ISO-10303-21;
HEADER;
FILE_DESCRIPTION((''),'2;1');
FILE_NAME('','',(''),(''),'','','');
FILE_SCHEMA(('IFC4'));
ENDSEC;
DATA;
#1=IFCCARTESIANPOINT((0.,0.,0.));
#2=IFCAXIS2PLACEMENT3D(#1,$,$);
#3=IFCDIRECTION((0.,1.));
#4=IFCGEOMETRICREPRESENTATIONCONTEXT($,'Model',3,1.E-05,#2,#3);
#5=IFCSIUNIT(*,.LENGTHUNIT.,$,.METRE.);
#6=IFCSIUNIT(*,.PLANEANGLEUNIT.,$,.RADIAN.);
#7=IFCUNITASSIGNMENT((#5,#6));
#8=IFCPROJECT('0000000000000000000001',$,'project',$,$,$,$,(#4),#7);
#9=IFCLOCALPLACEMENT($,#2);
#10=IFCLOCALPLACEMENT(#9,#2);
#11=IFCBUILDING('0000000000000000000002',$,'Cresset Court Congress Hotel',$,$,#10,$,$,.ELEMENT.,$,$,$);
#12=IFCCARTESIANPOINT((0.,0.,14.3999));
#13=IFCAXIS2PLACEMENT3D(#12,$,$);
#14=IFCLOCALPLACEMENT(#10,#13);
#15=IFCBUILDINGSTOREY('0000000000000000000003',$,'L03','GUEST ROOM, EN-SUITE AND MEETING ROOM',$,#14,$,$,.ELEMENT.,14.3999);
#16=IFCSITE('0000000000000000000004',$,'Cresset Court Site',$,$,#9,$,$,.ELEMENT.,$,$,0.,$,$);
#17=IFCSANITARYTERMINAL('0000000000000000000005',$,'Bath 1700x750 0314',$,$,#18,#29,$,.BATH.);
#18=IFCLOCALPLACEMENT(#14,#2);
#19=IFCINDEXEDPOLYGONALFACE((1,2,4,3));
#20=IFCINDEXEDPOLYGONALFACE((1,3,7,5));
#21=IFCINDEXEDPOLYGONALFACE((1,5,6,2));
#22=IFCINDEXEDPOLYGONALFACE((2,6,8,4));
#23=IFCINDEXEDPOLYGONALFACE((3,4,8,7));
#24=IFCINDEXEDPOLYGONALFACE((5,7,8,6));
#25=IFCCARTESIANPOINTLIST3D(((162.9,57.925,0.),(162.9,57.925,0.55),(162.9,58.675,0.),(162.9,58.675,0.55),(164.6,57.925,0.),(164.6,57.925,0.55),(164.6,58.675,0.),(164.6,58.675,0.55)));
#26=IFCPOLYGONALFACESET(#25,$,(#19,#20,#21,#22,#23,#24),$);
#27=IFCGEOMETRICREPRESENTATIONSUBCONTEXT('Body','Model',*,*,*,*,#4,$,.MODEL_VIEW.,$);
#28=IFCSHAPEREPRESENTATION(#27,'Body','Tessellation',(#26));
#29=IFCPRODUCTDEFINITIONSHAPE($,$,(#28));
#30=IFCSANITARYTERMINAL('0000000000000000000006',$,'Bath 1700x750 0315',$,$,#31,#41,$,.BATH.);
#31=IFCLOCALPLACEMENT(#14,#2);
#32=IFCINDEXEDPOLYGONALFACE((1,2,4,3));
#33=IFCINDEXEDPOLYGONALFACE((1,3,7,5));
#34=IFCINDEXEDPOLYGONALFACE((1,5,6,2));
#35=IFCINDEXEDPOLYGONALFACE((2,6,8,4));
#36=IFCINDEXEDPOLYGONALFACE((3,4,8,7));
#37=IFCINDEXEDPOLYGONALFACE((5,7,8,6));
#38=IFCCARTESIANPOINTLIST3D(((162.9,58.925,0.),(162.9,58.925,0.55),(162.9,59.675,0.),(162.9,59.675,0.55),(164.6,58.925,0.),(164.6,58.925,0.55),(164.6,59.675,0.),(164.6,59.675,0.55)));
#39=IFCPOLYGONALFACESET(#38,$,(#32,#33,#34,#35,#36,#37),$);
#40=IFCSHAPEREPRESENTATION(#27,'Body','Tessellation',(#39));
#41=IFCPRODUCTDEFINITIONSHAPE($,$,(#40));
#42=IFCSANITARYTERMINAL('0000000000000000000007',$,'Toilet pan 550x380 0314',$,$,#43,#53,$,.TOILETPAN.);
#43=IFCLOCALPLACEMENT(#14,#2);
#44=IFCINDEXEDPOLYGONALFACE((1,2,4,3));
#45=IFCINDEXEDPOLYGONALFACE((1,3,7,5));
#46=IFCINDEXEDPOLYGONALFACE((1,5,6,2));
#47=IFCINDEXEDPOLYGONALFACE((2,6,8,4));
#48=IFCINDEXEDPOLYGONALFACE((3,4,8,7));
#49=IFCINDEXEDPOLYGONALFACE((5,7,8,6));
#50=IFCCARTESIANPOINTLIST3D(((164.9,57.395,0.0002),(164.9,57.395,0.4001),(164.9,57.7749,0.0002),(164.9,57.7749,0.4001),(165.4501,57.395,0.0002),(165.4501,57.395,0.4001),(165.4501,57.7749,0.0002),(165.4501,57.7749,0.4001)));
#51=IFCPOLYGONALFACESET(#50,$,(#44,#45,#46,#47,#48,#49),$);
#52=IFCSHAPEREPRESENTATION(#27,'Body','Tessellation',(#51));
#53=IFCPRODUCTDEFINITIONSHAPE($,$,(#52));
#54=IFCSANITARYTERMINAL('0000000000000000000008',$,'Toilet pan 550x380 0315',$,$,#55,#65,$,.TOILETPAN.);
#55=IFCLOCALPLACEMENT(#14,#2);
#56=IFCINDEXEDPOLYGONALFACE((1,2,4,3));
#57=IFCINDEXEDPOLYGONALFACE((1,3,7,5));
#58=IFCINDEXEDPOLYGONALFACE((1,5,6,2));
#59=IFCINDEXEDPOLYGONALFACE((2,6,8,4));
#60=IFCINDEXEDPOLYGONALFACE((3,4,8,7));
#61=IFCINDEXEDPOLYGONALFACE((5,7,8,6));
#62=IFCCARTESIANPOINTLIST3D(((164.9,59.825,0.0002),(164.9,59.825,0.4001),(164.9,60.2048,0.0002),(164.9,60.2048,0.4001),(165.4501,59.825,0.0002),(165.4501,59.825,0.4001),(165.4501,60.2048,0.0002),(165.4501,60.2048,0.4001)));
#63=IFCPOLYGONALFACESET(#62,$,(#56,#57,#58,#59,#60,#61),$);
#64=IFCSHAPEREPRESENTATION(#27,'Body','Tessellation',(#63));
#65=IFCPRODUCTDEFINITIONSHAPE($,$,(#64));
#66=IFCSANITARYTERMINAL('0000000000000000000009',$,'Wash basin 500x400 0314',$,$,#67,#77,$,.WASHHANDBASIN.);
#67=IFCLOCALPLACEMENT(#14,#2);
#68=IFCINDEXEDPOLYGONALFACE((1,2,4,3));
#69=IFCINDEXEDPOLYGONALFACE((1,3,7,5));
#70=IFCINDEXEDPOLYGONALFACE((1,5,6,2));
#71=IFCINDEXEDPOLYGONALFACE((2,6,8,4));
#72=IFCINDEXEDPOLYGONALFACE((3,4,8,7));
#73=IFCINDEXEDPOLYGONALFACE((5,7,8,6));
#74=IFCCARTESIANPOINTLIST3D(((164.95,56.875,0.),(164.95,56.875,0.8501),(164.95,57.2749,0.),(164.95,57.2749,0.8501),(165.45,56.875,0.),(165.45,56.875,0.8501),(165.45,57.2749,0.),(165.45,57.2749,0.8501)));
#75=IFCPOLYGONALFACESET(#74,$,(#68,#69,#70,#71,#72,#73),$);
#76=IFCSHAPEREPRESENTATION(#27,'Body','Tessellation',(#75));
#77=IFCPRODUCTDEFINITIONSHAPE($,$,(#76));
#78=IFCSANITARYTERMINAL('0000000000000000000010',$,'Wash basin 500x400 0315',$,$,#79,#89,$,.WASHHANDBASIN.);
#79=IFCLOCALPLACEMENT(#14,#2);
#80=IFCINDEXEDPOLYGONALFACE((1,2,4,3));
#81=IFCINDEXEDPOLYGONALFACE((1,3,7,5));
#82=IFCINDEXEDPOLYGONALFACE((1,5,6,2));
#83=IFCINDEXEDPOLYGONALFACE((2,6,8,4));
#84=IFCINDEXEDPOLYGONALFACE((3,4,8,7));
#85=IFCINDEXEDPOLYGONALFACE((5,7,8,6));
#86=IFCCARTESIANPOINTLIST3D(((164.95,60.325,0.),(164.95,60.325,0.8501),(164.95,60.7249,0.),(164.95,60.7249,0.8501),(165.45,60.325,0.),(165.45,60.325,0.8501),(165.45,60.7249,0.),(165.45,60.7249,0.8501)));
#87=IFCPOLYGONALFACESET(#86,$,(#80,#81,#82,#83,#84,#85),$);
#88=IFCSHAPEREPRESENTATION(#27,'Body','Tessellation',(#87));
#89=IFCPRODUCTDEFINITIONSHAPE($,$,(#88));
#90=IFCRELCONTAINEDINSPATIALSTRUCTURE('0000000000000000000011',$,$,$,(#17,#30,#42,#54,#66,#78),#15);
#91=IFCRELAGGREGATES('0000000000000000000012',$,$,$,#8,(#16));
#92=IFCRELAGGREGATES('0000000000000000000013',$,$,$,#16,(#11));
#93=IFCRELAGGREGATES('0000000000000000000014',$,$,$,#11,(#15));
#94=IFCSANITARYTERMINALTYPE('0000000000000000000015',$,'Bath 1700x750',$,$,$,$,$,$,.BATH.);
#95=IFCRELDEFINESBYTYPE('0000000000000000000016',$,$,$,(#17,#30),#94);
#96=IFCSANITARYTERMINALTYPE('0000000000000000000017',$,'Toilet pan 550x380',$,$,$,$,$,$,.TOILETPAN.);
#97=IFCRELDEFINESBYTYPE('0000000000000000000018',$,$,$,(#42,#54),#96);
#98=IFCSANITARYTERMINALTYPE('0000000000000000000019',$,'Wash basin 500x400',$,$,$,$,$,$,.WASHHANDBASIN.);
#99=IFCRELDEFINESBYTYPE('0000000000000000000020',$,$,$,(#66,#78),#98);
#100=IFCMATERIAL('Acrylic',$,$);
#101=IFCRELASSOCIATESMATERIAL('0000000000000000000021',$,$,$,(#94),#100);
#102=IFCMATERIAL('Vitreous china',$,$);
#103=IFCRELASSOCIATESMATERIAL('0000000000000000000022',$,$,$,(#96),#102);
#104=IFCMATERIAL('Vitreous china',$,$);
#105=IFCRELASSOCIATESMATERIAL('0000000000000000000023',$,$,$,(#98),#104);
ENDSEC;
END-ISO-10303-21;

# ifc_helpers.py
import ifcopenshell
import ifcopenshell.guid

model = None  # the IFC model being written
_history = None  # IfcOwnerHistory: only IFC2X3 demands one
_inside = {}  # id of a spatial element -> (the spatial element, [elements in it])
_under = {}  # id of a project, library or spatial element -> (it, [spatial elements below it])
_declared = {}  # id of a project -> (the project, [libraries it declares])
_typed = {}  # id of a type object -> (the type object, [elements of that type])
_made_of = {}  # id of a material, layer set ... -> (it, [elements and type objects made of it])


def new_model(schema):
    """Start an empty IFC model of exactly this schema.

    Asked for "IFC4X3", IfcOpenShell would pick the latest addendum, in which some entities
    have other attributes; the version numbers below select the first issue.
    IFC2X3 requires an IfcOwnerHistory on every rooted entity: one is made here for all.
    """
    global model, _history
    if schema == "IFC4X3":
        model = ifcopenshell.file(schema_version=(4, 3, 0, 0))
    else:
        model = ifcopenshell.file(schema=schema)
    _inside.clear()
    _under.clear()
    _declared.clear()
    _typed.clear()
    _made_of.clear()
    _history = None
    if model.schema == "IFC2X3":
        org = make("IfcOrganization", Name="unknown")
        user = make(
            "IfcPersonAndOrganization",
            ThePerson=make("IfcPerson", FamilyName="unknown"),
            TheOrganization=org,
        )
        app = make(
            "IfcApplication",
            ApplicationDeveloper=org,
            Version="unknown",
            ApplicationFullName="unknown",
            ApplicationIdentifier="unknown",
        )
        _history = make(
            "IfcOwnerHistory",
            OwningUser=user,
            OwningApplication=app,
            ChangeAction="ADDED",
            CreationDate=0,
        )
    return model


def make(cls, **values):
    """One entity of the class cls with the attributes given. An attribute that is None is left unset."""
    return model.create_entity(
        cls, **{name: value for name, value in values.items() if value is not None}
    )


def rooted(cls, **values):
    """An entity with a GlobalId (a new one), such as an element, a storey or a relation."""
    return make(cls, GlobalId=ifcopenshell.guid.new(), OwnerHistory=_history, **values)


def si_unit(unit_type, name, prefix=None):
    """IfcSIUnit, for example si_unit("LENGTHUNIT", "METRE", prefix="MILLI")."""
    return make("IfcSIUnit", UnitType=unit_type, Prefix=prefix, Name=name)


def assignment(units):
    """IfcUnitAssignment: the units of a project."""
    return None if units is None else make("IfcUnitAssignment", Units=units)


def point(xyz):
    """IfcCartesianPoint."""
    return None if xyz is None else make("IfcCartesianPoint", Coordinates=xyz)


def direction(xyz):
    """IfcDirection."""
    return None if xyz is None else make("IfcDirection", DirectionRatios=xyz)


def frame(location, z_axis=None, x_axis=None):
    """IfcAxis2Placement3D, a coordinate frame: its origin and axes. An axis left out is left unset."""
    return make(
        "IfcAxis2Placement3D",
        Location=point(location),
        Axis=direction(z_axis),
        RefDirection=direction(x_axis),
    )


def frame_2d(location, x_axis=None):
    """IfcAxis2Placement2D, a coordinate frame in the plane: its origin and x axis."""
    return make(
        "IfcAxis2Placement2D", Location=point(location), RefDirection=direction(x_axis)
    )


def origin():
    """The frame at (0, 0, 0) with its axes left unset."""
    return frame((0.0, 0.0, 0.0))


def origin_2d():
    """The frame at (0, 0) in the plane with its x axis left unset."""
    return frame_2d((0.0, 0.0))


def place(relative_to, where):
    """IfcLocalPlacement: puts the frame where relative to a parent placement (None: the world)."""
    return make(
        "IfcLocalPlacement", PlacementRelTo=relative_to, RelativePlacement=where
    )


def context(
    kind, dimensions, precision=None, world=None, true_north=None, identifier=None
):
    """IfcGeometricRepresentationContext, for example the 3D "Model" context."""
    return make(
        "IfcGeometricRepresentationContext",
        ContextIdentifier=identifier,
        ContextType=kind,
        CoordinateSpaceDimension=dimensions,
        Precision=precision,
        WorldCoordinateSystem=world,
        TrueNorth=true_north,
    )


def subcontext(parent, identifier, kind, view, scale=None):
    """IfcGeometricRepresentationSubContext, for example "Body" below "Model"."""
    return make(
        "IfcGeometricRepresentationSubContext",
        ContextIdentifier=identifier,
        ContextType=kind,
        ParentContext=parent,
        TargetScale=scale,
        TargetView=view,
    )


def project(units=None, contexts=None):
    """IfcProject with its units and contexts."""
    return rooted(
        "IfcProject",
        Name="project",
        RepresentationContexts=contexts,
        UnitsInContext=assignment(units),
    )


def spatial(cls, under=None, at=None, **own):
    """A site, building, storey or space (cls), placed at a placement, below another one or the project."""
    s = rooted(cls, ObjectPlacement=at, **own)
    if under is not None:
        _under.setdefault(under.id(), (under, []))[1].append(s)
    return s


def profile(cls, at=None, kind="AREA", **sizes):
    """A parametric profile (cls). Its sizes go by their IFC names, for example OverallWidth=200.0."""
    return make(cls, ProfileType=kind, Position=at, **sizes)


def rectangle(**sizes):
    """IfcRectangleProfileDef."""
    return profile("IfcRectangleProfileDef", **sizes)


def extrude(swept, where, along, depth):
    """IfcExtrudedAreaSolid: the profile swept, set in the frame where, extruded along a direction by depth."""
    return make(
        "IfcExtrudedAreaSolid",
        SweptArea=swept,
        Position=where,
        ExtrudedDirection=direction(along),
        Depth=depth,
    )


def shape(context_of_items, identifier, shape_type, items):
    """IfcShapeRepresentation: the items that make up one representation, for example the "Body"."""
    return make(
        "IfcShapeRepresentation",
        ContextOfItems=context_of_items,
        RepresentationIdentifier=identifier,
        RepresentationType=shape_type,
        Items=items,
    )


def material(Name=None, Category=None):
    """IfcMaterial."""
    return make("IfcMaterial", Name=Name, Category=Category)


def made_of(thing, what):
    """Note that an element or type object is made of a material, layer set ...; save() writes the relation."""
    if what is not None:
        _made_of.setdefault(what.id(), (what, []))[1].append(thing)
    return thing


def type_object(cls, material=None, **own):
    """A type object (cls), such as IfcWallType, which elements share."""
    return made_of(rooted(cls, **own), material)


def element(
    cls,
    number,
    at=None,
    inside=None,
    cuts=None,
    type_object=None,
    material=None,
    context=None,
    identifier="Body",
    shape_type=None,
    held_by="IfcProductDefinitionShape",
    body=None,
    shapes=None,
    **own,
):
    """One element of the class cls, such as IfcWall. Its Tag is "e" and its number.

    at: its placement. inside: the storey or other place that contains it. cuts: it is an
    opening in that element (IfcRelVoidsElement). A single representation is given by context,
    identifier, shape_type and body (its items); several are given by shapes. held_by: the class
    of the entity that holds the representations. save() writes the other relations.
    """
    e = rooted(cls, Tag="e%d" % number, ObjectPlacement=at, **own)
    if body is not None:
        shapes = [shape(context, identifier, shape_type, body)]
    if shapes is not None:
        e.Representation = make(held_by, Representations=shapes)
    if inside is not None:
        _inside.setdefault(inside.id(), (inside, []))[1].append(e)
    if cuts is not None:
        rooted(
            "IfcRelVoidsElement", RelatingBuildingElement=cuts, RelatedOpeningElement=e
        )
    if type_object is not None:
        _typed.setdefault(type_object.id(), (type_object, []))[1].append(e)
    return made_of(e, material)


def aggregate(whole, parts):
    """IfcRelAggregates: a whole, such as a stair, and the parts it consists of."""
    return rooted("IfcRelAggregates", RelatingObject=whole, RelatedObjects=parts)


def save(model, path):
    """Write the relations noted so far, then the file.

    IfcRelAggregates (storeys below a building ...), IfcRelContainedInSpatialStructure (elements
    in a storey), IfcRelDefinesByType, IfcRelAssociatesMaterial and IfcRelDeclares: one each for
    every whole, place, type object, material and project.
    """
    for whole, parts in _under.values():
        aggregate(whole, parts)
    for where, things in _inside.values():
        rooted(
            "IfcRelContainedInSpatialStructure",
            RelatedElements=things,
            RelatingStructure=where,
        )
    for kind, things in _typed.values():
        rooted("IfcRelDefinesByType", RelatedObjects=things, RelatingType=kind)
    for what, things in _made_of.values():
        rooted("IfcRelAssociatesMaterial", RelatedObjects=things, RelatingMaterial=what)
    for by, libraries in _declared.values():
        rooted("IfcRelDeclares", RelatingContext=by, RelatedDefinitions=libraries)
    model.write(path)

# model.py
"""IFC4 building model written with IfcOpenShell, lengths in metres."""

from ifc_helpers import new_model, si_unit, direction, frame, origin, origin_2d, place, context, subcontext, project, spatial, rectangle, extrude, material, type_object, element, save


model = new_model("IFC4")

# Units and contexts
model_context = context("Model", 3, precision=1e-05, world=origin(), true_north=direction((0.0, 1.0)))
body_context = subcontext(model_context, "Body", "Model", "MODEL_VIEW")
ifc_project = project(units=[si_unit("LENGTHUNIT", "METRE"), si_unit("PLANEANGLEUNIT", "RADIAN")], contexts=[model_context])

# Site, building, storey
site_placement = place(None, origin())
site = spatial("IfcSite", under=ifc_project, at=site_placement, Name="Cresset Court Site", CompositionType="ELEMENT", RefElevation=0.0)
building_placement = place(site_placement, origin())
building = spatial("IfcBuilding", under=site, at=building_placement, Name="Cresset Court Congress Hotel", CompositionType="ELEMENT")
storey_placement = place(building_placement, frame((0.0, 0.0, 14.3999)))
storey = spatial("IfcBuildingStorey", under=building, at=storey_placement, Name="L03", Description="GUEST ROOM, EN-SUITE AND MEETING ROOM", CompositionType="ELEMENT", Elevation=14.3999)

# Sanitary terminals
ifc_material_1 = material(Name="Acrylic")
sanitary_terminal_type_1 = type_object("IfcSanitaryTerminalType", Name="Bath 1700x750", PredefinedType="BATH", material=ifc_material_1)
for number, where, z_axis, x_axis, name in (
    (1, (163.75, 58.3, 0.0), (0.0, 0.0, 1.0), (1.0, 0.0, 0.0), "Bath 1700x750 0314"),
    (2, (163.75, 59.3, 0.0), (0.0, 0.0, 1.0), (1.0, 0.0, 0.0), "Bath 1700x750 0315"),
):
    element("IfcSanitaryTerminal", number, at=place(storey_placement, frame(where, z_axis=z_axis, x_axis=x_axis)), inside=storey, type_object=sanitary_terminal_type_1, Name=name, PredefinedType="BATH", context=body_context, shape_type="SweptSolid", body=[
        extrude(rectangle(XDim=1.7, YDim=0.75, at=origin_2d()), origin(), (0.0, 0.0, 1.0), 0.55),
    ])
ifc_material_2 = material(Name="Vitreous china")
sanitary_terminal_type_2 = type_object("IfcSanitaryTerminalType", Name="Toilet pan 550x380", PredefinedType="TOILETPAN", material=ifc_material_2)
for number, where, z_axis, x_axis, name in (
    (3, (165.175, 57.585, 0.0002), (0.0, 0.0, 1.0), (1.0, 0.0, 0.0), "Toilet pan 550x380 0314"),
    (4, (165.175, 60.0149, 0.0002), (0.0, 0.0, 1.0), (1.0, 0.0, 0.0), "Toilet pan 550x380 0315"),
):
    element("IfcSanitaryTerminal", number, at=place(storey_placement, frame(where, z_axis=z_axis, x_axis=x_axis)), inside=storey, type_object=sanitary_terminal_type_2, Name=name, PredefinedType="TOILETPAN", context=body_context, shape_type="SweptSolid", body=[
        extrude(rectangle(XDim=0.55, YDim=0.3799, at=origin_2d()), origin(), (0.0, 0.0, 1.0), 0.3999),
    ])
ifc_material_3 = material(Name="Vitreous china")
sanitary_terminal_type_3 = type_object("IfcSanitaryTerminalType", Name="Wash basin 500x400", PredefinedType="WASHHANDBASIN", material=ifc_material_3)
for number, where, z_axis, x_axis, name in (
    (5, (165.2, 57.075, 0.0), (0.0, 0.0, 1.0), (1.0, 0.0, 0.0), "Wash basin 500x400 0314"),
    (6, (165.2, 60.5249, 0.0), (0.0, 0.0, 1.0), (1.0, 0.0, 0.0), "Wash basin 500x400 0315"),
):
    element("IfcSanitaryTerminal", number, at=place(storey_placement, frame(where, z_axis=z_axis, x_axis=x_axis)), inside=storey, type_object=sanitary_terminal_type_3, Name=name, PredefinedType="WASHHANDBASIN", context=body_context, shape_type="SweptSolid", body=[
        extrude(rectangle(XDim=0.5, YDim=0.3999, at=origin_2d()), origin(), (0.0, 0.0, 1.0), 0.8501),
    ])

save(model, "model.ifc")
